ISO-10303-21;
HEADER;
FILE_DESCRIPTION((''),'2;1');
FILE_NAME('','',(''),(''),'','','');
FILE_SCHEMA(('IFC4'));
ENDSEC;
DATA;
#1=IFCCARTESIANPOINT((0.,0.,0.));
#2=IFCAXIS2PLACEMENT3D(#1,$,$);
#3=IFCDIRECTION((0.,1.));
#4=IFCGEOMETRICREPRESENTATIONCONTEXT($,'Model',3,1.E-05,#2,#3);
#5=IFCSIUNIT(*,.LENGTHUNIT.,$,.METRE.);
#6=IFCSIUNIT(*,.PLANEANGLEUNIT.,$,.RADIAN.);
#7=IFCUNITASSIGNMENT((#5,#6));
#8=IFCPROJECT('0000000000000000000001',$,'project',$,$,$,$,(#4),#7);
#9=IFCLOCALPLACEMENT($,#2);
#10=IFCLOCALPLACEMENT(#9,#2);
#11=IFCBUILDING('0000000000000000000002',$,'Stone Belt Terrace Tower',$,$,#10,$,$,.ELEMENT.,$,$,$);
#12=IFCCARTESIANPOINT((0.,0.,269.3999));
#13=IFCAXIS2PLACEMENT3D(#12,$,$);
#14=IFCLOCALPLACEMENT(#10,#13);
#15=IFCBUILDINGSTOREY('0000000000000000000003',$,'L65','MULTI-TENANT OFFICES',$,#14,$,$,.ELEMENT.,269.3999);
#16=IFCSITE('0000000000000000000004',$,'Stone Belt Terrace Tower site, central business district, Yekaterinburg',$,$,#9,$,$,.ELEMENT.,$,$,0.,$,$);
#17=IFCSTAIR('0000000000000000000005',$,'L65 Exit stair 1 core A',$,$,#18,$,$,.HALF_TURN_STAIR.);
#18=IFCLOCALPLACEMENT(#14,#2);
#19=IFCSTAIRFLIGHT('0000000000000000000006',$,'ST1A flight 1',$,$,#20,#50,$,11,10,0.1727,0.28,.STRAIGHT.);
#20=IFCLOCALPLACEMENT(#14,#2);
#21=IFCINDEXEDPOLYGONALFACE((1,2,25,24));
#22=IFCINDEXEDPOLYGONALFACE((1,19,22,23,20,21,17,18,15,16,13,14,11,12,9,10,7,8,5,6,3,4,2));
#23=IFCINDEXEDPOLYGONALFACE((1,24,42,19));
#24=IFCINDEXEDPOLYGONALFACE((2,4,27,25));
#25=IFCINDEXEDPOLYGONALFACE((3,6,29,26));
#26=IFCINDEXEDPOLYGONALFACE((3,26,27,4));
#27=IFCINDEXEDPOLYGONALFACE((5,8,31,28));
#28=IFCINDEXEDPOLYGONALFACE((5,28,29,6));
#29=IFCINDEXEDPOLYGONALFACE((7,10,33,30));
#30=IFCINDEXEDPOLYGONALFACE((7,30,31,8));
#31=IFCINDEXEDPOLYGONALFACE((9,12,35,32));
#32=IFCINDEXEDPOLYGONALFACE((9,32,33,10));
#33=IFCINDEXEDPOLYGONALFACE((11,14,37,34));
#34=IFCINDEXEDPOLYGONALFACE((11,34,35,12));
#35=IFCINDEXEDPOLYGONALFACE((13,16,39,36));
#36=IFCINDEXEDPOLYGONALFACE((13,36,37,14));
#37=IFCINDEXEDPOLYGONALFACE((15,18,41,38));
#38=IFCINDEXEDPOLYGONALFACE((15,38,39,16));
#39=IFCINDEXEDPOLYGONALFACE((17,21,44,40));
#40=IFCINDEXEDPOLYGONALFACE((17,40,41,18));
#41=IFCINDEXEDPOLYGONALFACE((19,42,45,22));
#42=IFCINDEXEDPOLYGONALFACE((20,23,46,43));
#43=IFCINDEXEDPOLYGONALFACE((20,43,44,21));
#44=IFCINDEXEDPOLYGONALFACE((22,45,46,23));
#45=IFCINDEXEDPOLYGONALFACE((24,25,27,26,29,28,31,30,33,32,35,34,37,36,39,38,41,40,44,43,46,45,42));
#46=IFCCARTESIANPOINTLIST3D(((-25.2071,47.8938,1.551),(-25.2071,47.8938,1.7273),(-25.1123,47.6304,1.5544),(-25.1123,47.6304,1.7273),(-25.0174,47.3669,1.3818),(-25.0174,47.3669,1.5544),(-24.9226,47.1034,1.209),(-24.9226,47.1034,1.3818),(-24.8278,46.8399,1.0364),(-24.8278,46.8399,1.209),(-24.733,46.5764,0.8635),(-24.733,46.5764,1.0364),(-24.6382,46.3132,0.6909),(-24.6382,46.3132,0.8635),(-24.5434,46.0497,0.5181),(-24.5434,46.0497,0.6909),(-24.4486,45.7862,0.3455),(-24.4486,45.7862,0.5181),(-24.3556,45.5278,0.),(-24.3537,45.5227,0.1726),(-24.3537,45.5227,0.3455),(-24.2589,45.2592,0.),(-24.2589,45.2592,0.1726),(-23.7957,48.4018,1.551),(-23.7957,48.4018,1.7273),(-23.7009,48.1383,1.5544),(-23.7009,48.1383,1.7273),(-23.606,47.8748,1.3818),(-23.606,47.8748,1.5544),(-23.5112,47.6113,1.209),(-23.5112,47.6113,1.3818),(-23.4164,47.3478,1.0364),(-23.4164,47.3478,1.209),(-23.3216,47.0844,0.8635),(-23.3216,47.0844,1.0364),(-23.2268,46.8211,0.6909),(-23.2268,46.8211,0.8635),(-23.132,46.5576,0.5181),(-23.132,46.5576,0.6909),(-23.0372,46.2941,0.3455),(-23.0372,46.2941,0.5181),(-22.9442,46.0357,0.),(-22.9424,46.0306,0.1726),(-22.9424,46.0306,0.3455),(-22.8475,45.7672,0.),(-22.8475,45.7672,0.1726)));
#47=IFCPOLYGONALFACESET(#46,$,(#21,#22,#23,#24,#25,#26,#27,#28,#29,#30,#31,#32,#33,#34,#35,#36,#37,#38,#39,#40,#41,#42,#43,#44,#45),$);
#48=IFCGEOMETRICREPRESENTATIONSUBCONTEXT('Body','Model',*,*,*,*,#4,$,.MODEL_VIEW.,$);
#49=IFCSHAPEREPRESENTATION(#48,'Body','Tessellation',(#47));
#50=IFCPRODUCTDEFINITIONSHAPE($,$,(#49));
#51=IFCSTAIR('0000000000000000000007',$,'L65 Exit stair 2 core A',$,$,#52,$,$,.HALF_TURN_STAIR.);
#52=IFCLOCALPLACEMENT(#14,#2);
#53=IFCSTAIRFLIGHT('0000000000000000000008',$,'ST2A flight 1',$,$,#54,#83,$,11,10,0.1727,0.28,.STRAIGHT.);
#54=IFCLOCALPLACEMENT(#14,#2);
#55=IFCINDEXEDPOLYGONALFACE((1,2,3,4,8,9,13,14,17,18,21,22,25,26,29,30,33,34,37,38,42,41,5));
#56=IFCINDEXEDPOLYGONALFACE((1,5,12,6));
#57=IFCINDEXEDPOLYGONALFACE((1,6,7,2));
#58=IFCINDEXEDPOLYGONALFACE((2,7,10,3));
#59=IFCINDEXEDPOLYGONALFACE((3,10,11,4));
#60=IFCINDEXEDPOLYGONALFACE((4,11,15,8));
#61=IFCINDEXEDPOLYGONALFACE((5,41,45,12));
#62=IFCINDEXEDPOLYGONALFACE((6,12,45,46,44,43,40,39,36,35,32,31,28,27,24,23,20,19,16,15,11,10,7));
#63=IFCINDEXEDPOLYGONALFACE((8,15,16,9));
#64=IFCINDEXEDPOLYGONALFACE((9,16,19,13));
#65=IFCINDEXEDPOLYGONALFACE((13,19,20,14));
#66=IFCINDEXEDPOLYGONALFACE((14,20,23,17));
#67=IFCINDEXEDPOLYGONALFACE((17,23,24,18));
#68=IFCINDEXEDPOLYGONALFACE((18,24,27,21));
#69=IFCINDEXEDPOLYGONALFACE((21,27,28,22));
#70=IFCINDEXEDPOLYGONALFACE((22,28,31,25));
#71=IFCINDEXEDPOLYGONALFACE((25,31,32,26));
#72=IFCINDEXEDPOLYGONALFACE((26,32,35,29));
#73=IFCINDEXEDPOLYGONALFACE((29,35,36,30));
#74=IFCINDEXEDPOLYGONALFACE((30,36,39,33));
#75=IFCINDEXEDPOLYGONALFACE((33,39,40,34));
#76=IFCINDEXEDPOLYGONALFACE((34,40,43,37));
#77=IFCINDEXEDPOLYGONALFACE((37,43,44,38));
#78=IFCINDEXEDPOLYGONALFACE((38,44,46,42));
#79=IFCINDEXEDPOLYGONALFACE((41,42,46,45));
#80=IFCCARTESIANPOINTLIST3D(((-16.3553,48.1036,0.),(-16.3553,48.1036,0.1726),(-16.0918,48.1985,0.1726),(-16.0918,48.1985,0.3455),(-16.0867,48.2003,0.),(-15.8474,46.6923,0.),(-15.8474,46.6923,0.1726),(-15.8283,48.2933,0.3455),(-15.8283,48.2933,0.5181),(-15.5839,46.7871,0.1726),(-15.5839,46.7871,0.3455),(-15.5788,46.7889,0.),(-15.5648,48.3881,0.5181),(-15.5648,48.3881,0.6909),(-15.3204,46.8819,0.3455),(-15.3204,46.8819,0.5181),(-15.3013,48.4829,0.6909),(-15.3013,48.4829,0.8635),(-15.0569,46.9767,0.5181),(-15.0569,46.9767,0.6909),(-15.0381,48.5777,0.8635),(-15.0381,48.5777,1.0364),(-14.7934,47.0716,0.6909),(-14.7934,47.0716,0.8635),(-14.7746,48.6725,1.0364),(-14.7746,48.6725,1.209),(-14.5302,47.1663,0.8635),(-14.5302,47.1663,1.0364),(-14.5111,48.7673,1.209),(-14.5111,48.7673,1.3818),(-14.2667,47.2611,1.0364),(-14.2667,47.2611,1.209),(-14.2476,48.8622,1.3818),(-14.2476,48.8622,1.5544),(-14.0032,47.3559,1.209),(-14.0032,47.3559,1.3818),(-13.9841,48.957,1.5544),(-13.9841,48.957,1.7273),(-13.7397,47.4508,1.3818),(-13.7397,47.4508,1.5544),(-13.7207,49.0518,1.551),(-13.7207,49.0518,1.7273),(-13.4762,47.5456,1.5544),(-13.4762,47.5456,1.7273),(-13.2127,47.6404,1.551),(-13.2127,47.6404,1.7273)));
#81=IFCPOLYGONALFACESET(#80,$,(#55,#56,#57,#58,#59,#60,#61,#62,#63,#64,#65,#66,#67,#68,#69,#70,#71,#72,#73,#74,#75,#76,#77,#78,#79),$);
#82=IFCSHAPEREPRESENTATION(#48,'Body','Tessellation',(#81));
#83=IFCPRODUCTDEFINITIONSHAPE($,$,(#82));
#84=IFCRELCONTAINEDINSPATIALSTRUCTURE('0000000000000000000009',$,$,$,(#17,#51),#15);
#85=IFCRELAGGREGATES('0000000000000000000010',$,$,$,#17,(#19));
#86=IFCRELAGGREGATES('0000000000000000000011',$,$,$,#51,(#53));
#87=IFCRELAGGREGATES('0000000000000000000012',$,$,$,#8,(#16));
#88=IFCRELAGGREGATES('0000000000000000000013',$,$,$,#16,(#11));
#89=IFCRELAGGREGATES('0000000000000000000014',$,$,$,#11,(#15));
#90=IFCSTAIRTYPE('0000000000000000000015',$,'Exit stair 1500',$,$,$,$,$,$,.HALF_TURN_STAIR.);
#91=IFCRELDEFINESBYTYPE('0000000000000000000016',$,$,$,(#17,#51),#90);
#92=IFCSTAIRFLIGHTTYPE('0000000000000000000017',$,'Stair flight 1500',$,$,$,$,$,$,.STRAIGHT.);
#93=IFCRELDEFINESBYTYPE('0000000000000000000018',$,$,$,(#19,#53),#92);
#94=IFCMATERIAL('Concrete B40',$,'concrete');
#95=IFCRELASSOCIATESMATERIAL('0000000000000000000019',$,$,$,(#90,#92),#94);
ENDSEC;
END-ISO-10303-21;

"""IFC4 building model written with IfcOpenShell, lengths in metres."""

from ifc_helpers import new_model, si_unit, direction, frame, origin, place, context, subcontext, project, spatial, polyline, outline, extrude, material, type_object, element, aggregate, save


model = new_model("IFC4")

# Units and contexts
model_context = context("Model", 3, precision=1e-05, world=origin(), true_north=direction((0.0, 1.0)))
body_context = subcontext(model_context, "Body", "Model", "MODEL_VIEW")
ifc_project = project(units=[si_unit("LENGTHUNIT", "METRE"), si_unit("PLANEANGLEUNIT", "RADIAN")], contexts=[model_context])

# Site, building, storey
site_placement = place(None, origin())
site = spatial("IfcSite", under=ifc_project, at=site_placement, Name="Stone Belt Terrace Tower site, central business district, Yekaterinburg", CompositionType="ELEMENT", RefElevation=0.0)
building_placement = place(site_placement, origin())
building = spatial("IfcBuilding", under=site, at=building_placement, Name="Stone Belt Terrace Tower", CompositionType="ELEMENT")
storey_placement = place(building_placement, frame((0.0, 0.0, 269.3999)))
storey = spatial("IfcBuildingStorey", under=building, at=storey_placement, Name="L65", Description="MULTI-TENANT OFFICES", CompositionType="ELEMENT", Elevation=269.3999)

# Stairs, stair flights
ifc_material_1 = material(Name="Concrete B40", Category="concrete")
stair_type = type_object("IfcStairType", Name="Exit stair 1500", PredefinedType="HALF_TURN_STAIR", material=ifc_material_1)
stair_1_placement = place(storey_placement, origin())
stair_1 = element("IfcStair", 1, at=stair_1_placement, inside=storey, type_object=stair_type, Name="L65 Exit stair 1 core A", PredefinedType="HALF_TURN_STAIR")
stair_flight_type = type_object("IfcStairFlightType", Name="Stair flight 1500", PredefinedType="STRAIGHT", material=ifc_material_1)
stair_flight_1_placement = place(storey_placement, frame((-23.5532, 45.5132, 0.0), z_axis=(0.0, 0.0, 1.0), x_axis=(-0.338624, 0.940922, 0.0)))
stair_flight_1 = element("IfcStairFlight", 2, at=stair_flight_1_placement, type_object=stair_flight_type, Name="ST1A flight 1", NumberOfRisers=11, NumberOfTreads=10, PredefinedType="STRAIGHT", RiserHeight=0.1727, TreadLength=0.28, context=body_context, shape_type="SweptSolid", body=[
    extrude(outline(polyline([(0.0, 0.0), (0.0, 0.1726), (0.28, 0.1726), (0.28, 0.3455), (0.5601, 0.3455), (0.5601, 0.5181), (0.8401, 0.5181), (0.8401, 0.6909), (1.1201, 0.6909), (1.1201, 0.8635), (1.3999, 0.8635), (1.3999, 1.0364), (1.6799, 1.0364), (1.6799, 1.209), (1.96, 1.209), (1.96, 1.3818), (2.24, 1.3818), (2.24, 1.5544), (2.52, 1.5544), (2.52, 1.7273), (2.8, 1.7273), (2.8, 1.8999), (2.8, 1.551), (0.2854, 0.0), (0.0, 0.0)])), frame((0.0, 0.75, 0.0), z_axis=(0.0, -1.0, 0.0), x_axis=(1.0, 0.0, 0.0)), (0.0, 0.0, 1.0), 1.5),
])
aggregate(stair_1, [stair_flight_1])
stair_2_placement = place(storey_placement, origin())
stair_2 = element("IfcStair", 3, at=stair_2_placement, inside=storey, type_object=stair_type, Name="L65 Exit stair 2 core A", PredefinedType="HALF_TURN_STAIR")
stair_flight_2_placement = place(storey_placement, frame((-16.1013, 47.3979, 0.0), z_axis=(0.0, 0.0, 1.0), x_axis=(0.940922, 0.338624, 0.0)))
stair_flight_2 = element("IfcStairFlight", 4, at=stair_flight_2_placement, type_object=stair_flight_type, Name="ST2A flight 1", NumberOfRisers=11, NumberOfTreads=10, PredefinedType="STRAIGHT", RiserHeight=0.1727, TreadLength=0.28, context=body_context, shape_type="SweptSolid", body=[
    extrude(outline(polyline([(0.0, 0.0), (0.0, 0.1726), (0.28, 0.1726), (0.28, 0.3455), (0.5601, 0.3455), (0.5601, 0.5181), (0.8401, 0.5181), (0.8401, 0.6909), (1.1201, 0.6909), (1.1201, 0.8635), (1.3999, 0.8635), (1.3999, 1.0364), (1.6799, 1.0364), (1.6799, 1.209), (1.96, 1.209), (1.96, 1.3818), (2.24, 1.3818), (2.24, 1.5544), (2.52, 1.5544), (2.52, 1.7273), (2.8, 1.7273), (2.8, 1.8999), (2.8, 1.551), (0.2854, 0.0), (0.0, 0.0)])), frame((0.0, 0.75, 0.0), z_axis=(0.0, -1.0, 0.0), x_axis=(1.0, 0.0, 0.0)), (0.0, 0.0, 1.0), 1.5),
])
aggregate(stair_2, [stair_flight_2])

save(model, "model.ifc")
